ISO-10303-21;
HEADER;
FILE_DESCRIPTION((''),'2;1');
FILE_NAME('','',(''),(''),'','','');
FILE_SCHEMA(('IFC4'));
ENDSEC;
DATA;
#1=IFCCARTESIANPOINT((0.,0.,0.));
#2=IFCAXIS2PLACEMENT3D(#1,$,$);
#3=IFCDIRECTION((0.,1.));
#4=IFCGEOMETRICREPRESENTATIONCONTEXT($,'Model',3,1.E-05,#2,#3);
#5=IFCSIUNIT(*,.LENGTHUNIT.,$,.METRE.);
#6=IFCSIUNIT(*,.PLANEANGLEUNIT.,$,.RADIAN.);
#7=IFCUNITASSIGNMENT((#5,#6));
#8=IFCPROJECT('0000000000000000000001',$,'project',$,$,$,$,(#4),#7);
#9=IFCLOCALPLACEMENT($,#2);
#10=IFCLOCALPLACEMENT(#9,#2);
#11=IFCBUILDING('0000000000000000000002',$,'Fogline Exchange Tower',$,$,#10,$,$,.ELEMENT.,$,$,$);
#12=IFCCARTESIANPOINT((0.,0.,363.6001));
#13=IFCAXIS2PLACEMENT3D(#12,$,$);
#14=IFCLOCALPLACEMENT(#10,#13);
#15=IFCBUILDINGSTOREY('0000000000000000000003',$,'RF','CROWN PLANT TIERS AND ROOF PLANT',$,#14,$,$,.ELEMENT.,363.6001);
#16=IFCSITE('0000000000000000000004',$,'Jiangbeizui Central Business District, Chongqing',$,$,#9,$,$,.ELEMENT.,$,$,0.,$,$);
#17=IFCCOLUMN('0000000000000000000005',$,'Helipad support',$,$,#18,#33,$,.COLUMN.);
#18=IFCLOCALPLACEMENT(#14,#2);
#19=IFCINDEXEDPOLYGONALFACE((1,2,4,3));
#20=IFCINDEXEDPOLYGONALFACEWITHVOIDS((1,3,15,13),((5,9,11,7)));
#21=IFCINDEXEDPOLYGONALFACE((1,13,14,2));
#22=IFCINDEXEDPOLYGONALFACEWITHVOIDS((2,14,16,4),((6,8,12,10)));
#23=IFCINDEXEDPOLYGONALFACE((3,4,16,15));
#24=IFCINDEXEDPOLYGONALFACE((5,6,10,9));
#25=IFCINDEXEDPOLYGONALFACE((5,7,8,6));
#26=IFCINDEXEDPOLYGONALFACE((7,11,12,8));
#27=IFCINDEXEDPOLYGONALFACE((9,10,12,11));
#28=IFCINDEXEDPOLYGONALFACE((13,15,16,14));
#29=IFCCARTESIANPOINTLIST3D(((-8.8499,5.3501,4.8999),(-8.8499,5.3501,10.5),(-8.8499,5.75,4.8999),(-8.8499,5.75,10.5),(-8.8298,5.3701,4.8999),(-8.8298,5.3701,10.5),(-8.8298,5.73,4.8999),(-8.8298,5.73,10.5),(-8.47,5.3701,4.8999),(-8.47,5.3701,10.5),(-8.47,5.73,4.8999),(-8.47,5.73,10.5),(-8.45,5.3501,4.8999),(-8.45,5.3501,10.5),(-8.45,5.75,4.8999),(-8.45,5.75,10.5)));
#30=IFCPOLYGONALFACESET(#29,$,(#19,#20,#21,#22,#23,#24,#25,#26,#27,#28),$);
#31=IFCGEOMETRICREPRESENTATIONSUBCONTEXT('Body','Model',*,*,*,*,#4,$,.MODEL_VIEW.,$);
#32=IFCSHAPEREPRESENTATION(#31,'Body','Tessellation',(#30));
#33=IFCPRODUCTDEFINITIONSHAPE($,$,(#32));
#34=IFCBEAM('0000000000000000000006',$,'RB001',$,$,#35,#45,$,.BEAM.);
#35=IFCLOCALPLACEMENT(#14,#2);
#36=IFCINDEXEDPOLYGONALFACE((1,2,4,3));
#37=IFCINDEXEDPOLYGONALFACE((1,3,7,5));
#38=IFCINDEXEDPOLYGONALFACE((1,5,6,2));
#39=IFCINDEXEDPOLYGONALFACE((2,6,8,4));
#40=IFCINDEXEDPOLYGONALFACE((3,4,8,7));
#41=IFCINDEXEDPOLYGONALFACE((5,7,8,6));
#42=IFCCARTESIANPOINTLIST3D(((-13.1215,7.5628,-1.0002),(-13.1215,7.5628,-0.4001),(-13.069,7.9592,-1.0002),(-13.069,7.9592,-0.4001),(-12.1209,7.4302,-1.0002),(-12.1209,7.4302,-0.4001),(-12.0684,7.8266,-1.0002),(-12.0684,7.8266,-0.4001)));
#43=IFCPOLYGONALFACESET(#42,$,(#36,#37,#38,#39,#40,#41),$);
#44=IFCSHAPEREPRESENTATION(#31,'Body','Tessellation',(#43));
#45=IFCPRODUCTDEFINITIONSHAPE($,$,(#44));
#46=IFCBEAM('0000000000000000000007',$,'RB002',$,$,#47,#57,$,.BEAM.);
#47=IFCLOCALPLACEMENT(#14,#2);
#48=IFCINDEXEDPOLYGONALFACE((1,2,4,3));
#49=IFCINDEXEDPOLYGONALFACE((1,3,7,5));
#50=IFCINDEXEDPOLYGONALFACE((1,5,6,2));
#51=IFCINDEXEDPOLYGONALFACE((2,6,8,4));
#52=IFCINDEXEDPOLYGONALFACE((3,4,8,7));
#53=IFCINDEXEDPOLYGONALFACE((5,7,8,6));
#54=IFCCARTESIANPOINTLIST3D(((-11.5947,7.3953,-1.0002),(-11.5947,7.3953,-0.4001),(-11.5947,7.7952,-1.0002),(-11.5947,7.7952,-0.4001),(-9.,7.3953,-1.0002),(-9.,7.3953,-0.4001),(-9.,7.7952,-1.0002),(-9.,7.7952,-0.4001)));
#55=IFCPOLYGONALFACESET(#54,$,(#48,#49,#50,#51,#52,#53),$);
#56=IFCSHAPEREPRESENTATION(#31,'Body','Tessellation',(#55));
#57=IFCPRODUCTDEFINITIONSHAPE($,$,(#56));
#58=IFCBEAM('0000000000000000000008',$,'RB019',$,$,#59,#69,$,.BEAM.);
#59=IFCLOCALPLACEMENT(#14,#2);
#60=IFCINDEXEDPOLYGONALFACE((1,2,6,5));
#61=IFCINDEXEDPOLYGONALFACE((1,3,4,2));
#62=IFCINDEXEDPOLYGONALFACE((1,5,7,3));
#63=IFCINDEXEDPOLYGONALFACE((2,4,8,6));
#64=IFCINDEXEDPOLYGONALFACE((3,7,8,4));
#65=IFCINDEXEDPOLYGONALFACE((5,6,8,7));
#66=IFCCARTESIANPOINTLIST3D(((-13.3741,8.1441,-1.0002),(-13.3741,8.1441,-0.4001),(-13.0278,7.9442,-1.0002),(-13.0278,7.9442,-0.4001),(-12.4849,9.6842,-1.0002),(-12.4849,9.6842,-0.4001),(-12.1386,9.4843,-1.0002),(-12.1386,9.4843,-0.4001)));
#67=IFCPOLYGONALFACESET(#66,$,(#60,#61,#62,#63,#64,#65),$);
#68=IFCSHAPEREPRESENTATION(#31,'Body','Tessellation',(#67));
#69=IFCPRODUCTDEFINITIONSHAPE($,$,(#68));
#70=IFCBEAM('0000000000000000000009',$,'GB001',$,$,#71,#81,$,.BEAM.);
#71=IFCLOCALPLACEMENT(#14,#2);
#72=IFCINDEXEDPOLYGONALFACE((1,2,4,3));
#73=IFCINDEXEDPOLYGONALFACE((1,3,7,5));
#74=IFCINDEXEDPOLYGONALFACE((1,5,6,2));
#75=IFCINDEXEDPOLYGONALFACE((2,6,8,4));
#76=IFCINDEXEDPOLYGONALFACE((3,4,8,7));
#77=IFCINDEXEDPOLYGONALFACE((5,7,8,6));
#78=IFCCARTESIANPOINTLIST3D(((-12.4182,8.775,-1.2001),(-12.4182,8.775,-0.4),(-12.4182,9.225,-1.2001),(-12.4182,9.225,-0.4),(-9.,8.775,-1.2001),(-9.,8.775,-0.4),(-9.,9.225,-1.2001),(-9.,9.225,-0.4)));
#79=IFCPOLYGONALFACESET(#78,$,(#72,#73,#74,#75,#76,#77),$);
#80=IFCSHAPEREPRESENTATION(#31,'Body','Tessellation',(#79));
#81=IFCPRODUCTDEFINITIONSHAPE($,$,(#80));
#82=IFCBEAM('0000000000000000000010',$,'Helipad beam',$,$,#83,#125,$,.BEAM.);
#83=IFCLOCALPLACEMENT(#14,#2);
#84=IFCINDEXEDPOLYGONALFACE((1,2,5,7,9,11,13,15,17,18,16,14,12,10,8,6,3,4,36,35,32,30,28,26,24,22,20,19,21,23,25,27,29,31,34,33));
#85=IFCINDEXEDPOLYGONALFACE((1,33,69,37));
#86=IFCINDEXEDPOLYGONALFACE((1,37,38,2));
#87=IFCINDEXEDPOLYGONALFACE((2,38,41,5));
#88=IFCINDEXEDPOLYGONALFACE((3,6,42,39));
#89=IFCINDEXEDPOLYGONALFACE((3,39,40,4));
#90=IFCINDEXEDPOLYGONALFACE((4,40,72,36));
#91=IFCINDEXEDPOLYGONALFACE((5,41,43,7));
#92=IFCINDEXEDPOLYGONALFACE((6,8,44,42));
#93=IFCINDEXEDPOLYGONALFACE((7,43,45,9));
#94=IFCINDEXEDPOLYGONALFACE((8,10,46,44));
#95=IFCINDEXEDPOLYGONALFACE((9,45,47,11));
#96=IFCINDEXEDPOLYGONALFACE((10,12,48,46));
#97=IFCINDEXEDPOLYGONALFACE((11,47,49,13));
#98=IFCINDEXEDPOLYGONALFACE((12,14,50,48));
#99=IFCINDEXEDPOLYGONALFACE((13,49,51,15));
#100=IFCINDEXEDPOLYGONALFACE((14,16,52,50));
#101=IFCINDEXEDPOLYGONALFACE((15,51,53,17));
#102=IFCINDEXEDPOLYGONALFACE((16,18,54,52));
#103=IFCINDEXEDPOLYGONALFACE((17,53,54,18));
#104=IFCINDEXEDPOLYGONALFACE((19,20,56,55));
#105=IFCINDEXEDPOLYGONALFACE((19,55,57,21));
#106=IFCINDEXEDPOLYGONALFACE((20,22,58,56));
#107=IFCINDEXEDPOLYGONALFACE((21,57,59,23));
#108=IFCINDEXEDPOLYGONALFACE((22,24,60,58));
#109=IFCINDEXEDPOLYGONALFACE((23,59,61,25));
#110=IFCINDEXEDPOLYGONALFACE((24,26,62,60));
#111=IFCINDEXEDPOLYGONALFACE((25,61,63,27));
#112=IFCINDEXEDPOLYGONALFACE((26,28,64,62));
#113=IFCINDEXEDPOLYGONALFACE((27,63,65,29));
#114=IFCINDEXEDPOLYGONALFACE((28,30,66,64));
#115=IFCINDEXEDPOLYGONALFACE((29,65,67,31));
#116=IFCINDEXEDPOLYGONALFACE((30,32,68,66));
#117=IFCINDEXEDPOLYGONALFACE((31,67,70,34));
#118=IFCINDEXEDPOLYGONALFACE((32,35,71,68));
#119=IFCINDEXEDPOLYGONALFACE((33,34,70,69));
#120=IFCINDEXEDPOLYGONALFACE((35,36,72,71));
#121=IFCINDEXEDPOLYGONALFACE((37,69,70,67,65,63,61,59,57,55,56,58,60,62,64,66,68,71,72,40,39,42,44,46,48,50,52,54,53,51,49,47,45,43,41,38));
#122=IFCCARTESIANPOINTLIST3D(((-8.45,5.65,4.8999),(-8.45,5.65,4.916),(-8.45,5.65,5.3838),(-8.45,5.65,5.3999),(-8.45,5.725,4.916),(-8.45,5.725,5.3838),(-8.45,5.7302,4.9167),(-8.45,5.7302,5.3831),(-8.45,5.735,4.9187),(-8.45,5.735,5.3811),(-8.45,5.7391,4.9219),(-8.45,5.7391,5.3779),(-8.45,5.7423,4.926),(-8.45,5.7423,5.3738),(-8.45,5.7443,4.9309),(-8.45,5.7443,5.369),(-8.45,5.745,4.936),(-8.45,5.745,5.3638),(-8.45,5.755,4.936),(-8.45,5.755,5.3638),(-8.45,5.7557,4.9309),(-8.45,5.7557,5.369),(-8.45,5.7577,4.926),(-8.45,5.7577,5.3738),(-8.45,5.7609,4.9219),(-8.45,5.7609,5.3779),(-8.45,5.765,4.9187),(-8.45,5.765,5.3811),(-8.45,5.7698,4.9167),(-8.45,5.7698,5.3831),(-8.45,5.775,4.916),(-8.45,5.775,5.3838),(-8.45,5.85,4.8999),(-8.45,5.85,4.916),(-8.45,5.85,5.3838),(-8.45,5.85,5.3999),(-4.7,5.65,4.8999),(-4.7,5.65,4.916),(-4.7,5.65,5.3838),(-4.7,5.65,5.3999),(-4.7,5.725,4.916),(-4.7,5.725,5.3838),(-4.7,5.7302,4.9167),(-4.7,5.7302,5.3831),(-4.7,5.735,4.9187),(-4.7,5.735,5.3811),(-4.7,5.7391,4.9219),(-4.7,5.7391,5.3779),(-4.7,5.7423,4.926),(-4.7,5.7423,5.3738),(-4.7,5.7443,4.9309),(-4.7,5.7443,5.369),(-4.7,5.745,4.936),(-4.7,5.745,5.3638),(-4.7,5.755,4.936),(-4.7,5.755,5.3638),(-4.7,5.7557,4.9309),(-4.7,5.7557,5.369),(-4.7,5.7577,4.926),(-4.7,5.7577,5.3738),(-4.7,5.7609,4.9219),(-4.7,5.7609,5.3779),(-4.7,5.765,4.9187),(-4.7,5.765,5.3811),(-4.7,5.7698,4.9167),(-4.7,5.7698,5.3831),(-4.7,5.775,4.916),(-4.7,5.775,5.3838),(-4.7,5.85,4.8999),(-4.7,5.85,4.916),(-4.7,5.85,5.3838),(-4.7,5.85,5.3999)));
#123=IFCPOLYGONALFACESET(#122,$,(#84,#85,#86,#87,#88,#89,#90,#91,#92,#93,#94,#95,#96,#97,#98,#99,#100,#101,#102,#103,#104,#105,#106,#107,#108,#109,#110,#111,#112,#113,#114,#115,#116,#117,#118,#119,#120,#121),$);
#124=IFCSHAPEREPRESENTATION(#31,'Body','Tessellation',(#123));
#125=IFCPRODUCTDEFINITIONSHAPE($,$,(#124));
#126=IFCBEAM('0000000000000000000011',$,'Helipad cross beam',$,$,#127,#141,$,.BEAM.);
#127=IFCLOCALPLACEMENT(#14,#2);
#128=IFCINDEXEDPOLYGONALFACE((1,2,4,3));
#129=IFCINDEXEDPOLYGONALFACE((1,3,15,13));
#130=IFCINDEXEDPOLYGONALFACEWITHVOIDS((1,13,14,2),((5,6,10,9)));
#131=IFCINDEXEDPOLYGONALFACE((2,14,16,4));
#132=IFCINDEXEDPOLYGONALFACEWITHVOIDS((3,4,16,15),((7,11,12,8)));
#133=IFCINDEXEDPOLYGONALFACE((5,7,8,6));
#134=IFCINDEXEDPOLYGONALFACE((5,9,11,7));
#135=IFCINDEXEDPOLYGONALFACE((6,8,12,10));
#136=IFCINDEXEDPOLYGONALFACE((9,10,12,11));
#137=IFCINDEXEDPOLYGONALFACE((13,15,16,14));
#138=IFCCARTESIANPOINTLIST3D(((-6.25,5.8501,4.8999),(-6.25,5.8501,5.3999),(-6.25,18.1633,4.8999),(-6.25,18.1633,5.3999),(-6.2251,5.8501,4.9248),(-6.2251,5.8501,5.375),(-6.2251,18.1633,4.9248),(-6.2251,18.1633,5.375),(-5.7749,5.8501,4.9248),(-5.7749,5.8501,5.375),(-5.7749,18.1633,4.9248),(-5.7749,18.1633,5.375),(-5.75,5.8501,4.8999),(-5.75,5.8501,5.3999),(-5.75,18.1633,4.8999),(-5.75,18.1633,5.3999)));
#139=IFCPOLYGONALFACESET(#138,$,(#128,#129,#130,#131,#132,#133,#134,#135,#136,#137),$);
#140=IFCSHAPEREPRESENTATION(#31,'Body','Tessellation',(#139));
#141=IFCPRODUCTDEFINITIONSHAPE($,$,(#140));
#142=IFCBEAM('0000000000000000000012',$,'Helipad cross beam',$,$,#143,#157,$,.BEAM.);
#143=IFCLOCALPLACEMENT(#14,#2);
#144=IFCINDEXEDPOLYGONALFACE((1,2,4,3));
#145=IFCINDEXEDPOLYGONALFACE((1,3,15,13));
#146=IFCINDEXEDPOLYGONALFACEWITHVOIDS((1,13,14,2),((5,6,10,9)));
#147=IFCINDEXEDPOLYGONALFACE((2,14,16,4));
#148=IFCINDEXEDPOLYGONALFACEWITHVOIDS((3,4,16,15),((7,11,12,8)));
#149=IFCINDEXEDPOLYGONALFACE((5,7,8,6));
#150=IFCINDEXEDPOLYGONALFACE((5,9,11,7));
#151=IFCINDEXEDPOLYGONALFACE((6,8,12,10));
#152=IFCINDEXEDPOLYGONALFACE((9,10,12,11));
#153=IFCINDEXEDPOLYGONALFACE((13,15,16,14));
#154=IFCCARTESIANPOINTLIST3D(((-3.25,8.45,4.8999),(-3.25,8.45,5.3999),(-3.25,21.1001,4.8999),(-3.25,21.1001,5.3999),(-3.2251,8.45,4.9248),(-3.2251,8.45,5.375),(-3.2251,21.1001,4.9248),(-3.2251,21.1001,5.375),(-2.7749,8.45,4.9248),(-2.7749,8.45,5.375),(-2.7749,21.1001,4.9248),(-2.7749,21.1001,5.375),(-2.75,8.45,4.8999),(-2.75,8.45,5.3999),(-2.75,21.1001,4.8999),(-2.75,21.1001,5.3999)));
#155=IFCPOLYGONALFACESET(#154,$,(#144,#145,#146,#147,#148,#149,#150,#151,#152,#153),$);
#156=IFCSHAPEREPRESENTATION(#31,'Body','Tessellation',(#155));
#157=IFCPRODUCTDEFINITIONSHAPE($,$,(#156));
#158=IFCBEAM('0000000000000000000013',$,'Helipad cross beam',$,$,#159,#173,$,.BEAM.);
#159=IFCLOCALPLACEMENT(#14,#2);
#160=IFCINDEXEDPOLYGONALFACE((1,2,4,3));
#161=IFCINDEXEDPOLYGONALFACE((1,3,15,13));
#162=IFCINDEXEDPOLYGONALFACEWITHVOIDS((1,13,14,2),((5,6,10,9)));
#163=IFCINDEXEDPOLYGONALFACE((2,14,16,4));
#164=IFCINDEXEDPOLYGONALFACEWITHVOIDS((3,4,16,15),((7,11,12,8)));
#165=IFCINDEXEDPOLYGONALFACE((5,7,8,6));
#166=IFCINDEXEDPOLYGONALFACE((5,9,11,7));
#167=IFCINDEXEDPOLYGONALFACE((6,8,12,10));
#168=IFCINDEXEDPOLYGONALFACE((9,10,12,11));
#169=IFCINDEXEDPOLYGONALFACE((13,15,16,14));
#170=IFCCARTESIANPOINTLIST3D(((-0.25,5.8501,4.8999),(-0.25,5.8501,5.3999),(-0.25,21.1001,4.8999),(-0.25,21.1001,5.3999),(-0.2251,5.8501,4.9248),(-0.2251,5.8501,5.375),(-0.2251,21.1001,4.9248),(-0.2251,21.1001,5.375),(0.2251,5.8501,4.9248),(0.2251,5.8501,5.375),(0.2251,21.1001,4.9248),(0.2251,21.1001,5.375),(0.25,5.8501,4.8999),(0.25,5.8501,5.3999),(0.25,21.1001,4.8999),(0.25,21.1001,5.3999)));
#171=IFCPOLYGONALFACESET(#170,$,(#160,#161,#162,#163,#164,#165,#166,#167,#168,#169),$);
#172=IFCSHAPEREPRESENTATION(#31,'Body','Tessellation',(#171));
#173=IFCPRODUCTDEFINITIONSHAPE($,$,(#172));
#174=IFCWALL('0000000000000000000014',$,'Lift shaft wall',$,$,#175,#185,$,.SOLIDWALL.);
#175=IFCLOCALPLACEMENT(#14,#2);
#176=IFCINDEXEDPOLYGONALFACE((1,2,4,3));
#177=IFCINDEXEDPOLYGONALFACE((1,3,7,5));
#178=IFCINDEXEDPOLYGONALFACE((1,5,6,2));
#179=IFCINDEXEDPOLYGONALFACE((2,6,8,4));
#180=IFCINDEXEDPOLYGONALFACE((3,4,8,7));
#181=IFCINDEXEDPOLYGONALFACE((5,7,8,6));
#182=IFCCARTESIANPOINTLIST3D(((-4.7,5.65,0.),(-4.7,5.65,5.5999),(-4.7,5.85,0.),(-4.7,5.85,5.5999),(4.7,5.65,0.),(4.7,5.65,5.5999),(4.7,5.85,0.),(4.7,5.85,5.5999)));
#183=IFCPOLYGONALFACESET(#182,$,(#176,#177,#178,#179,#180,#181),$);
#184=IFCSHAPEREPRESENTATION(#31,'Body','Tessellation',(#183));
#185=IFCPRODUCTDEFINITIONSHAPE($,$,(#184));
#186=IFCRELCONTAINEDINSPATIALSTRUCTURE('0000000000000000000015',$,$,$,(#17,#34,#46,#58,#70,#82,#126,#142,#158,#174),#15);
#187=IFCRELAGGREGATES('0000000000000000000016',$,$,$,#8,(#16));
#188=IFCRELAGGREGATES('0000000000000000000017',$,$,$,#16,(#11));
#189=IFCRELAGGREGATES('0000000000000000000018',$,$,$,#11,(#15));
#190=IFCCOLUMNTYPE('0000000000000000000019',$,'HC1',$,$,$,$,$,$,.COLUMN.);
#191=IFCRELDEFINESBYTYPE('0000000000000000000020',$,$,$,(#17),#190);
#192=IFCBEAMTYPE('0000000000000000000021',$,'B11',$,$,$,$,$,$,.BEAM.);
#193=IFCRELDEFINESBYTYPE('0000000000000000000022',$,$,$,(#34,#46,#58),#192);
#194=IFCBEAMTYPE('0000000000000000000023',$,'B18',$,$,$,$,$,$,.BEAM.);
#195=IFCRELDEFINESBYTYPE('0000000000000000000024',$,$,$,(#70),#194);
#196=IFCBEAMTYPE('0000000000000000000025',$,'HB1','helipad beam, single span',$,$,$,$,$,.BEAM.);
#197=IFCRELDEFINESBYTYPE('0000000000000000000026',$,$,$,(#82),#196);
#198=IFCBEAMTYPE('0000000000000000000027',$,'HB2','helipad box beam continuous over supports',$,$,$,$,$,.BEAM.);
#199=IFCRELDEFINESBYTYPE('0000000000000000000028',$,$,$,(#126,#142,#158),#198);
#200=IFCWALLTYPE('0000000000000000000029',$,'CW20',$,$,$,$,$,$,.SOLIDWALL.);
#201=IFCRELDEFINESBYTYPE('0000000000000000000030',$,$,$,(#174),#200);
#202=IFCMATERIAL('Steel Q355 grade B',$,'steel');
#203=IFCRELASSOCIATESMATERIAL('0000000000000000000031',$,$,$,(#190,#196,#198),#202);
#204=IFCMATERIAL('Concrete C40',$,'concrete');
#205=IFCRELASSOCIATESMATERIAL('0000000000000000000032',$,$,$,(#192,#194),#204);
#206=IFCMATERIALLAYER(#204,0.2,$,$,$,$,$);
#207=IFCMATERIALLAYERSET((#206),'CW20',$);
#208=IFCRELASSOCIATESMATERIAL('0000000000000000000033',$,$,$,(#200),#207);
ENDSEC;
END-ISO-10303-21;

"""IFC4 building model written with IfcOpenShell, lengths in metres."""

from ifc_helpers import new_model, si_unit, direction, frame, frame_2d, origin, origin_2d, place, context, subcontext, project, spatial, rectangle, hollow_rectangle, i_section, extrude, material, layer, layer_set, material_profile, profile_set, type_object, element, save


model = new_model("IFC4")

# Units and contexts
model_context = context("Model", 3, precision=1e-05, world=origin(), true_north=direction((0.0, 1.0)))
body_context = subcontext(model_context, "Body", "Model", "MODEL_VIEW")
ifc_project = project(units=[si_unit("LENGTHUNIT", "METRE"), si_unit("PLANEANGLEUNIT", "RADIAN")], contexts=[model_context])

# Site, building, storey
site_placement = place(None, origin())
site = spatial("IfcSite", under=ifc_project, at=site_placement, Name="Jiangbeizui Central Business District, Chongqing", CompositionType="ELEMENT", RefElevation=0.0)
building_placement = place(site_placement, origin())
building = spatial("IfcBuilding", under=site, at=building_placement, Name="Fogline Exchange Tower", CompositionType="ELEMENT")
storey_placement = place(building_placement, frame((0.0, 0.0, 363.6001)))
storey = spatial("IfcBuildingStorey", under=building, at=storey_placement, Name="RF", Description="CROWN PLANT TIERS AND ROOF PLANT", CompositionType="ELEMENT", Elevation=363.6001)

# Column
ifc_material_1 = material(Name="Steel Q355 grade B", Category="steel")
ifc_material_profile_1 = material_profile(ifc_material_1, hollow_rectangle(XDim=0.3999, YDim=0.3999, WallThickness=0.02, at=origin_2d()), Name="RHS 400x400x20")
ifc_profile_set_1 = profile_set([ifc_material_profile_1], Name="Steel Q355 grade B")
column_type = type_object("IfcColumnType", Name="HC1", PredefinedType="COLUMN", material=ifc_profile_set_1)
column_placement = place(storey_placement, frame((-8.6499, 5.55, 4.8999), z_axis=(0.0, 0.0, 1.0), x_axis=(1.0, 0.0, 0.0)))
element("IfcColumn", 1, at=column_placement, inside=storey, type_object=column_type, Name="Helipad support", PredefinedType="COLUMN", context=body_context, shape_type="SweptSolid", body=[
    extrude(hollow_rectangle(XDim=0.3999, YDim=0.3999, WallThickness=0.02, at=origin_2d()), origin(), (0.0, 0.0, 1.0), 5.6001),
])

# Beams
ifc_material_2 = material(Name="Concrete C40", Category="concrete")
ifc_material_profile_2 = material_profile(ifc_material_2, rectangle(XDim=0.3999, YDim=0.6001, at=origin_2d()), Name="RC 400x600")
ifc_profile_set_2 = profile_set([ifc_material_profile_2], Name="Concrete C40")
beam_type_1 = type_object("IfcBeamType", Name="B11", PredefinedType="BEAM", material=ifc_profile_set_2)
beam_1_placement = place(storey_placement, frame((-13.0952, 7.761, -0.7002), z_axis=(0.991335, -0.131356, 0.0), x_axis=(0.131356, 0.991335, 0.0)))
element("IfcBeam", 2, at=beam_1_placement, inside=storey, type_object=beam_type_1, Name="RB001", PredefinedType="BEAM", context=body_context, shape_type="SweptSolid", body=[
    extrude(rectangle(XDim=0.3999, YDim=0.6001, at=origin_2d()), origin(), (0.0, 0.0, 1.0), 1.0093),
])
beam_2_placement = place(storey_placement, frame((-11.5947, 7.5952, -0.7002), z_axis=(1.0, 0.0, 0.0), x_axis=(0.0, 1.0, 0.0)))
element("IfcBeam", 3, at=beam_2_placement, inside=storey, type_object=beam_type_1, Name="RB002", PredefinedType="BEAM", context=body_context, shape_type="SweptSolid", body=[
    extrude(rectangle(XDim=0.3999, YDim=0.6001, at=origin_2d()), origin(), (0.0, 0.0, 1.0), 2.5947),
])
beam_3_placement = place(storey_placement, frame((-12.3118, 9.5842, -0.7002), z_axis=(-0.500008, -0.866021, 0.0), x_axis=(0.866021, -0.500008, 0.0)))
element("IfcBeam", 4, at=beam_3_placement, inside=storey, type_object=beam_type_1, Name="RB019", PredefinedType="BEAM", context=body_context, shape_type="SweptSolid", body=[
    extrude(rectangle(XDim=0.3999, YDim=0.6001, at=origin_2d()), origin(), (0.0, 0.0, 1.0), 1.7783),
])
ifc_material_profile_3 = material_profile(ifc_material_2, rectangle(XDim=0.45, YDim=0.8, at=origin_2d()), Name="RC 450x800")
ifc_profile_set_3 = profile_set([ifc_material_profile_3], Name="Concrete C40")
beam_type_2 = type_object("IfcBeamType", Name="B18", PredefinedType="BEAM", material=ifc_profile_set_3)
beam_4_placement = place(storey_placement, frame((-12.4182, 9.0, -0.8), z_axis=(1.0, 0.0, 0.0), x_axis=(0.0, 1.0, 0.0)))
element("IfcBeam", 5, at=beam_4_placement, inside=storey, type_object=beam_type_2, Name="GB001", PredefinedType="BEAM", context=body_context, shape_type="SweptSolid", body=[
    extrude(rectangle(XDim=0.45, YDim=0.8, at=origin_2d()), origin(), (0.0, 0.0, 1.0), 3.4182),
])
ifc_material_profile_4 = material_profile(ifc_material_1, i_section(OverallWidth=0.2, OverallDepth=0.5, WebThickness=0.01, FlangeThickness=0.0161, FilletRadius=0.02, at=origin_2d()), Name="HN500X200X10X16")
ifc_profile_set_4 = profile_set([ifc_material_profile_4], Name="Steel Q355 grade B")
beam_type_3 = type_object("IfcBeamType", Name="HB1", Description="helipad beam, single span", PredefinedType="BEAM", material=ifc_profile_set_4)
beam_5_placement = place(storey_placement, frame((-8.45, 5.75, 5.1499), z_axis=(1.0, 0.0, 0.0), x_axis=(0.0, 1.0, 0.0)))
element("IfcBeam", 6, at=beam_5_placement, inside=storey, type_object=beam_type_3, Name="Helipad beam", PredefinedType="BEAM", context=body_context, shape_type="SweptSolid", body=[
    extrude(i_section(OverallWidth=0.2, OverallDepth=0.5, WebThickness=0.01, FlangeThickness=0.0161, FilletRadius=0.02, at=origin_2d()), origin(), (0.0, 0.0, 1.0), 3.75),
])
ifc_material_profile_5 = material_profile(ifc_material_1, hollow_rectangle(XDim=0.5, YDim=0.5, WallThickness=0.0249, at=origin_2d()), Name="BOX500X500X25")
ifc_profile_set_5 = profile_set([ifc_material_profile_5], Name="Steel Q355 grade B")
beam_type_4 = type_object("IfcBeamType", Name="HB2", Description="helipad box beam continuous over supports", PredefinedType="BEAM", material=ifc_profile_set_5)
beam_6_placement = place(storey_placement, frame((-6.0, 5.8501, 5.1499), z_axis=(0.0, 1.0, 0.0), x_axis=(-1.0, 0.0, 0.0)))
element("IfcBeam", 7, at=beam_6_placement, inside=storey, type_object=beam_type_4, Name="Helipad cross beam", PredefinedType="BEAM", context=body_context, shape_type="SweptSolid", body=[
    extrude(hollow_rectangle(XDim=0.5, YDim=0.5, WallThickness=0.0249, at=origin_2d()), origin(), (0.0, 0.0, 1.0), 12.3132),
])
beam_7_placement = place(storey_placement, frame((-3.0, 8.45, 5.1499), z_axis=(0.0, 1.0, 0.0), x_axis=(-1.0, 0.0, 0.0)))
element("IfcBeam", 8, at=beam_7_placement, inside=storey, type_object=beam_type_4, Name="Helipad cross beam", PredefinedType="BEAM", context=body_context, shape_type="SweptSolid", body=[
    extrude(hollow_rectangle(XDim=0.5, YDim=0.5, WallThickness=0.0249, at=origin_2d()), origin(), (0.0, 0.0, 1.0), 12.6501),
])
beam_8_placement = place(storey_placement, frame((0.0, 5.8501, 5.1499), z_axis=(0.0, 1.0, 0.0), x_axis=(-1.0, 0.0, 0.0)))
element("IfcBeam", 9, at=beam_8_placement, inside=storey, type_object=beam_type_4, Name="Helipad cross beam", PredefinedType="BEAM", context=body_context, shape_type="SweptSolid", body=[
    extrude(hollow_rectangle(XDim=0.5, YDim=0.5, WallThickness=0.0249, at=origin_2d()), origin(), (0.0, 0.0, 1.0), 15.25),
])

# Wall
ifc_layer_1 = layer(ifc_material_2, 0.2)
ifc_layer_set_1 = layer_set([ifc_layer_1], Name="CW20")
wall_type_1 = type_object("IfcWallType", Name="CW20", PredefinedType="SOLIDWALL", material=ifc_layer_set_1)
wall_1_placement = place(storey_placement, frame((-4.7, 5.75, 0.0), z_axis=(0.0, 0.0, 1.0), x_axis=(1.0, 0.0, 0.0)))
element("IfcWall", 10, at=wall_1_placement, inside=storey, type_object=wall_type_1, Name="Lift shaft wall", PredefinedType="SOLIDWALL", context=body_context, shape_type="SweptSolid", body=[
    extrude(rectangle(XDim=9.3999, YDim=0.2, at=frame_2d((4.7, 0.0))), origin(), (0.0, 0.0, 1.0), 5.5999),
])

save(model, "model.ifc")
